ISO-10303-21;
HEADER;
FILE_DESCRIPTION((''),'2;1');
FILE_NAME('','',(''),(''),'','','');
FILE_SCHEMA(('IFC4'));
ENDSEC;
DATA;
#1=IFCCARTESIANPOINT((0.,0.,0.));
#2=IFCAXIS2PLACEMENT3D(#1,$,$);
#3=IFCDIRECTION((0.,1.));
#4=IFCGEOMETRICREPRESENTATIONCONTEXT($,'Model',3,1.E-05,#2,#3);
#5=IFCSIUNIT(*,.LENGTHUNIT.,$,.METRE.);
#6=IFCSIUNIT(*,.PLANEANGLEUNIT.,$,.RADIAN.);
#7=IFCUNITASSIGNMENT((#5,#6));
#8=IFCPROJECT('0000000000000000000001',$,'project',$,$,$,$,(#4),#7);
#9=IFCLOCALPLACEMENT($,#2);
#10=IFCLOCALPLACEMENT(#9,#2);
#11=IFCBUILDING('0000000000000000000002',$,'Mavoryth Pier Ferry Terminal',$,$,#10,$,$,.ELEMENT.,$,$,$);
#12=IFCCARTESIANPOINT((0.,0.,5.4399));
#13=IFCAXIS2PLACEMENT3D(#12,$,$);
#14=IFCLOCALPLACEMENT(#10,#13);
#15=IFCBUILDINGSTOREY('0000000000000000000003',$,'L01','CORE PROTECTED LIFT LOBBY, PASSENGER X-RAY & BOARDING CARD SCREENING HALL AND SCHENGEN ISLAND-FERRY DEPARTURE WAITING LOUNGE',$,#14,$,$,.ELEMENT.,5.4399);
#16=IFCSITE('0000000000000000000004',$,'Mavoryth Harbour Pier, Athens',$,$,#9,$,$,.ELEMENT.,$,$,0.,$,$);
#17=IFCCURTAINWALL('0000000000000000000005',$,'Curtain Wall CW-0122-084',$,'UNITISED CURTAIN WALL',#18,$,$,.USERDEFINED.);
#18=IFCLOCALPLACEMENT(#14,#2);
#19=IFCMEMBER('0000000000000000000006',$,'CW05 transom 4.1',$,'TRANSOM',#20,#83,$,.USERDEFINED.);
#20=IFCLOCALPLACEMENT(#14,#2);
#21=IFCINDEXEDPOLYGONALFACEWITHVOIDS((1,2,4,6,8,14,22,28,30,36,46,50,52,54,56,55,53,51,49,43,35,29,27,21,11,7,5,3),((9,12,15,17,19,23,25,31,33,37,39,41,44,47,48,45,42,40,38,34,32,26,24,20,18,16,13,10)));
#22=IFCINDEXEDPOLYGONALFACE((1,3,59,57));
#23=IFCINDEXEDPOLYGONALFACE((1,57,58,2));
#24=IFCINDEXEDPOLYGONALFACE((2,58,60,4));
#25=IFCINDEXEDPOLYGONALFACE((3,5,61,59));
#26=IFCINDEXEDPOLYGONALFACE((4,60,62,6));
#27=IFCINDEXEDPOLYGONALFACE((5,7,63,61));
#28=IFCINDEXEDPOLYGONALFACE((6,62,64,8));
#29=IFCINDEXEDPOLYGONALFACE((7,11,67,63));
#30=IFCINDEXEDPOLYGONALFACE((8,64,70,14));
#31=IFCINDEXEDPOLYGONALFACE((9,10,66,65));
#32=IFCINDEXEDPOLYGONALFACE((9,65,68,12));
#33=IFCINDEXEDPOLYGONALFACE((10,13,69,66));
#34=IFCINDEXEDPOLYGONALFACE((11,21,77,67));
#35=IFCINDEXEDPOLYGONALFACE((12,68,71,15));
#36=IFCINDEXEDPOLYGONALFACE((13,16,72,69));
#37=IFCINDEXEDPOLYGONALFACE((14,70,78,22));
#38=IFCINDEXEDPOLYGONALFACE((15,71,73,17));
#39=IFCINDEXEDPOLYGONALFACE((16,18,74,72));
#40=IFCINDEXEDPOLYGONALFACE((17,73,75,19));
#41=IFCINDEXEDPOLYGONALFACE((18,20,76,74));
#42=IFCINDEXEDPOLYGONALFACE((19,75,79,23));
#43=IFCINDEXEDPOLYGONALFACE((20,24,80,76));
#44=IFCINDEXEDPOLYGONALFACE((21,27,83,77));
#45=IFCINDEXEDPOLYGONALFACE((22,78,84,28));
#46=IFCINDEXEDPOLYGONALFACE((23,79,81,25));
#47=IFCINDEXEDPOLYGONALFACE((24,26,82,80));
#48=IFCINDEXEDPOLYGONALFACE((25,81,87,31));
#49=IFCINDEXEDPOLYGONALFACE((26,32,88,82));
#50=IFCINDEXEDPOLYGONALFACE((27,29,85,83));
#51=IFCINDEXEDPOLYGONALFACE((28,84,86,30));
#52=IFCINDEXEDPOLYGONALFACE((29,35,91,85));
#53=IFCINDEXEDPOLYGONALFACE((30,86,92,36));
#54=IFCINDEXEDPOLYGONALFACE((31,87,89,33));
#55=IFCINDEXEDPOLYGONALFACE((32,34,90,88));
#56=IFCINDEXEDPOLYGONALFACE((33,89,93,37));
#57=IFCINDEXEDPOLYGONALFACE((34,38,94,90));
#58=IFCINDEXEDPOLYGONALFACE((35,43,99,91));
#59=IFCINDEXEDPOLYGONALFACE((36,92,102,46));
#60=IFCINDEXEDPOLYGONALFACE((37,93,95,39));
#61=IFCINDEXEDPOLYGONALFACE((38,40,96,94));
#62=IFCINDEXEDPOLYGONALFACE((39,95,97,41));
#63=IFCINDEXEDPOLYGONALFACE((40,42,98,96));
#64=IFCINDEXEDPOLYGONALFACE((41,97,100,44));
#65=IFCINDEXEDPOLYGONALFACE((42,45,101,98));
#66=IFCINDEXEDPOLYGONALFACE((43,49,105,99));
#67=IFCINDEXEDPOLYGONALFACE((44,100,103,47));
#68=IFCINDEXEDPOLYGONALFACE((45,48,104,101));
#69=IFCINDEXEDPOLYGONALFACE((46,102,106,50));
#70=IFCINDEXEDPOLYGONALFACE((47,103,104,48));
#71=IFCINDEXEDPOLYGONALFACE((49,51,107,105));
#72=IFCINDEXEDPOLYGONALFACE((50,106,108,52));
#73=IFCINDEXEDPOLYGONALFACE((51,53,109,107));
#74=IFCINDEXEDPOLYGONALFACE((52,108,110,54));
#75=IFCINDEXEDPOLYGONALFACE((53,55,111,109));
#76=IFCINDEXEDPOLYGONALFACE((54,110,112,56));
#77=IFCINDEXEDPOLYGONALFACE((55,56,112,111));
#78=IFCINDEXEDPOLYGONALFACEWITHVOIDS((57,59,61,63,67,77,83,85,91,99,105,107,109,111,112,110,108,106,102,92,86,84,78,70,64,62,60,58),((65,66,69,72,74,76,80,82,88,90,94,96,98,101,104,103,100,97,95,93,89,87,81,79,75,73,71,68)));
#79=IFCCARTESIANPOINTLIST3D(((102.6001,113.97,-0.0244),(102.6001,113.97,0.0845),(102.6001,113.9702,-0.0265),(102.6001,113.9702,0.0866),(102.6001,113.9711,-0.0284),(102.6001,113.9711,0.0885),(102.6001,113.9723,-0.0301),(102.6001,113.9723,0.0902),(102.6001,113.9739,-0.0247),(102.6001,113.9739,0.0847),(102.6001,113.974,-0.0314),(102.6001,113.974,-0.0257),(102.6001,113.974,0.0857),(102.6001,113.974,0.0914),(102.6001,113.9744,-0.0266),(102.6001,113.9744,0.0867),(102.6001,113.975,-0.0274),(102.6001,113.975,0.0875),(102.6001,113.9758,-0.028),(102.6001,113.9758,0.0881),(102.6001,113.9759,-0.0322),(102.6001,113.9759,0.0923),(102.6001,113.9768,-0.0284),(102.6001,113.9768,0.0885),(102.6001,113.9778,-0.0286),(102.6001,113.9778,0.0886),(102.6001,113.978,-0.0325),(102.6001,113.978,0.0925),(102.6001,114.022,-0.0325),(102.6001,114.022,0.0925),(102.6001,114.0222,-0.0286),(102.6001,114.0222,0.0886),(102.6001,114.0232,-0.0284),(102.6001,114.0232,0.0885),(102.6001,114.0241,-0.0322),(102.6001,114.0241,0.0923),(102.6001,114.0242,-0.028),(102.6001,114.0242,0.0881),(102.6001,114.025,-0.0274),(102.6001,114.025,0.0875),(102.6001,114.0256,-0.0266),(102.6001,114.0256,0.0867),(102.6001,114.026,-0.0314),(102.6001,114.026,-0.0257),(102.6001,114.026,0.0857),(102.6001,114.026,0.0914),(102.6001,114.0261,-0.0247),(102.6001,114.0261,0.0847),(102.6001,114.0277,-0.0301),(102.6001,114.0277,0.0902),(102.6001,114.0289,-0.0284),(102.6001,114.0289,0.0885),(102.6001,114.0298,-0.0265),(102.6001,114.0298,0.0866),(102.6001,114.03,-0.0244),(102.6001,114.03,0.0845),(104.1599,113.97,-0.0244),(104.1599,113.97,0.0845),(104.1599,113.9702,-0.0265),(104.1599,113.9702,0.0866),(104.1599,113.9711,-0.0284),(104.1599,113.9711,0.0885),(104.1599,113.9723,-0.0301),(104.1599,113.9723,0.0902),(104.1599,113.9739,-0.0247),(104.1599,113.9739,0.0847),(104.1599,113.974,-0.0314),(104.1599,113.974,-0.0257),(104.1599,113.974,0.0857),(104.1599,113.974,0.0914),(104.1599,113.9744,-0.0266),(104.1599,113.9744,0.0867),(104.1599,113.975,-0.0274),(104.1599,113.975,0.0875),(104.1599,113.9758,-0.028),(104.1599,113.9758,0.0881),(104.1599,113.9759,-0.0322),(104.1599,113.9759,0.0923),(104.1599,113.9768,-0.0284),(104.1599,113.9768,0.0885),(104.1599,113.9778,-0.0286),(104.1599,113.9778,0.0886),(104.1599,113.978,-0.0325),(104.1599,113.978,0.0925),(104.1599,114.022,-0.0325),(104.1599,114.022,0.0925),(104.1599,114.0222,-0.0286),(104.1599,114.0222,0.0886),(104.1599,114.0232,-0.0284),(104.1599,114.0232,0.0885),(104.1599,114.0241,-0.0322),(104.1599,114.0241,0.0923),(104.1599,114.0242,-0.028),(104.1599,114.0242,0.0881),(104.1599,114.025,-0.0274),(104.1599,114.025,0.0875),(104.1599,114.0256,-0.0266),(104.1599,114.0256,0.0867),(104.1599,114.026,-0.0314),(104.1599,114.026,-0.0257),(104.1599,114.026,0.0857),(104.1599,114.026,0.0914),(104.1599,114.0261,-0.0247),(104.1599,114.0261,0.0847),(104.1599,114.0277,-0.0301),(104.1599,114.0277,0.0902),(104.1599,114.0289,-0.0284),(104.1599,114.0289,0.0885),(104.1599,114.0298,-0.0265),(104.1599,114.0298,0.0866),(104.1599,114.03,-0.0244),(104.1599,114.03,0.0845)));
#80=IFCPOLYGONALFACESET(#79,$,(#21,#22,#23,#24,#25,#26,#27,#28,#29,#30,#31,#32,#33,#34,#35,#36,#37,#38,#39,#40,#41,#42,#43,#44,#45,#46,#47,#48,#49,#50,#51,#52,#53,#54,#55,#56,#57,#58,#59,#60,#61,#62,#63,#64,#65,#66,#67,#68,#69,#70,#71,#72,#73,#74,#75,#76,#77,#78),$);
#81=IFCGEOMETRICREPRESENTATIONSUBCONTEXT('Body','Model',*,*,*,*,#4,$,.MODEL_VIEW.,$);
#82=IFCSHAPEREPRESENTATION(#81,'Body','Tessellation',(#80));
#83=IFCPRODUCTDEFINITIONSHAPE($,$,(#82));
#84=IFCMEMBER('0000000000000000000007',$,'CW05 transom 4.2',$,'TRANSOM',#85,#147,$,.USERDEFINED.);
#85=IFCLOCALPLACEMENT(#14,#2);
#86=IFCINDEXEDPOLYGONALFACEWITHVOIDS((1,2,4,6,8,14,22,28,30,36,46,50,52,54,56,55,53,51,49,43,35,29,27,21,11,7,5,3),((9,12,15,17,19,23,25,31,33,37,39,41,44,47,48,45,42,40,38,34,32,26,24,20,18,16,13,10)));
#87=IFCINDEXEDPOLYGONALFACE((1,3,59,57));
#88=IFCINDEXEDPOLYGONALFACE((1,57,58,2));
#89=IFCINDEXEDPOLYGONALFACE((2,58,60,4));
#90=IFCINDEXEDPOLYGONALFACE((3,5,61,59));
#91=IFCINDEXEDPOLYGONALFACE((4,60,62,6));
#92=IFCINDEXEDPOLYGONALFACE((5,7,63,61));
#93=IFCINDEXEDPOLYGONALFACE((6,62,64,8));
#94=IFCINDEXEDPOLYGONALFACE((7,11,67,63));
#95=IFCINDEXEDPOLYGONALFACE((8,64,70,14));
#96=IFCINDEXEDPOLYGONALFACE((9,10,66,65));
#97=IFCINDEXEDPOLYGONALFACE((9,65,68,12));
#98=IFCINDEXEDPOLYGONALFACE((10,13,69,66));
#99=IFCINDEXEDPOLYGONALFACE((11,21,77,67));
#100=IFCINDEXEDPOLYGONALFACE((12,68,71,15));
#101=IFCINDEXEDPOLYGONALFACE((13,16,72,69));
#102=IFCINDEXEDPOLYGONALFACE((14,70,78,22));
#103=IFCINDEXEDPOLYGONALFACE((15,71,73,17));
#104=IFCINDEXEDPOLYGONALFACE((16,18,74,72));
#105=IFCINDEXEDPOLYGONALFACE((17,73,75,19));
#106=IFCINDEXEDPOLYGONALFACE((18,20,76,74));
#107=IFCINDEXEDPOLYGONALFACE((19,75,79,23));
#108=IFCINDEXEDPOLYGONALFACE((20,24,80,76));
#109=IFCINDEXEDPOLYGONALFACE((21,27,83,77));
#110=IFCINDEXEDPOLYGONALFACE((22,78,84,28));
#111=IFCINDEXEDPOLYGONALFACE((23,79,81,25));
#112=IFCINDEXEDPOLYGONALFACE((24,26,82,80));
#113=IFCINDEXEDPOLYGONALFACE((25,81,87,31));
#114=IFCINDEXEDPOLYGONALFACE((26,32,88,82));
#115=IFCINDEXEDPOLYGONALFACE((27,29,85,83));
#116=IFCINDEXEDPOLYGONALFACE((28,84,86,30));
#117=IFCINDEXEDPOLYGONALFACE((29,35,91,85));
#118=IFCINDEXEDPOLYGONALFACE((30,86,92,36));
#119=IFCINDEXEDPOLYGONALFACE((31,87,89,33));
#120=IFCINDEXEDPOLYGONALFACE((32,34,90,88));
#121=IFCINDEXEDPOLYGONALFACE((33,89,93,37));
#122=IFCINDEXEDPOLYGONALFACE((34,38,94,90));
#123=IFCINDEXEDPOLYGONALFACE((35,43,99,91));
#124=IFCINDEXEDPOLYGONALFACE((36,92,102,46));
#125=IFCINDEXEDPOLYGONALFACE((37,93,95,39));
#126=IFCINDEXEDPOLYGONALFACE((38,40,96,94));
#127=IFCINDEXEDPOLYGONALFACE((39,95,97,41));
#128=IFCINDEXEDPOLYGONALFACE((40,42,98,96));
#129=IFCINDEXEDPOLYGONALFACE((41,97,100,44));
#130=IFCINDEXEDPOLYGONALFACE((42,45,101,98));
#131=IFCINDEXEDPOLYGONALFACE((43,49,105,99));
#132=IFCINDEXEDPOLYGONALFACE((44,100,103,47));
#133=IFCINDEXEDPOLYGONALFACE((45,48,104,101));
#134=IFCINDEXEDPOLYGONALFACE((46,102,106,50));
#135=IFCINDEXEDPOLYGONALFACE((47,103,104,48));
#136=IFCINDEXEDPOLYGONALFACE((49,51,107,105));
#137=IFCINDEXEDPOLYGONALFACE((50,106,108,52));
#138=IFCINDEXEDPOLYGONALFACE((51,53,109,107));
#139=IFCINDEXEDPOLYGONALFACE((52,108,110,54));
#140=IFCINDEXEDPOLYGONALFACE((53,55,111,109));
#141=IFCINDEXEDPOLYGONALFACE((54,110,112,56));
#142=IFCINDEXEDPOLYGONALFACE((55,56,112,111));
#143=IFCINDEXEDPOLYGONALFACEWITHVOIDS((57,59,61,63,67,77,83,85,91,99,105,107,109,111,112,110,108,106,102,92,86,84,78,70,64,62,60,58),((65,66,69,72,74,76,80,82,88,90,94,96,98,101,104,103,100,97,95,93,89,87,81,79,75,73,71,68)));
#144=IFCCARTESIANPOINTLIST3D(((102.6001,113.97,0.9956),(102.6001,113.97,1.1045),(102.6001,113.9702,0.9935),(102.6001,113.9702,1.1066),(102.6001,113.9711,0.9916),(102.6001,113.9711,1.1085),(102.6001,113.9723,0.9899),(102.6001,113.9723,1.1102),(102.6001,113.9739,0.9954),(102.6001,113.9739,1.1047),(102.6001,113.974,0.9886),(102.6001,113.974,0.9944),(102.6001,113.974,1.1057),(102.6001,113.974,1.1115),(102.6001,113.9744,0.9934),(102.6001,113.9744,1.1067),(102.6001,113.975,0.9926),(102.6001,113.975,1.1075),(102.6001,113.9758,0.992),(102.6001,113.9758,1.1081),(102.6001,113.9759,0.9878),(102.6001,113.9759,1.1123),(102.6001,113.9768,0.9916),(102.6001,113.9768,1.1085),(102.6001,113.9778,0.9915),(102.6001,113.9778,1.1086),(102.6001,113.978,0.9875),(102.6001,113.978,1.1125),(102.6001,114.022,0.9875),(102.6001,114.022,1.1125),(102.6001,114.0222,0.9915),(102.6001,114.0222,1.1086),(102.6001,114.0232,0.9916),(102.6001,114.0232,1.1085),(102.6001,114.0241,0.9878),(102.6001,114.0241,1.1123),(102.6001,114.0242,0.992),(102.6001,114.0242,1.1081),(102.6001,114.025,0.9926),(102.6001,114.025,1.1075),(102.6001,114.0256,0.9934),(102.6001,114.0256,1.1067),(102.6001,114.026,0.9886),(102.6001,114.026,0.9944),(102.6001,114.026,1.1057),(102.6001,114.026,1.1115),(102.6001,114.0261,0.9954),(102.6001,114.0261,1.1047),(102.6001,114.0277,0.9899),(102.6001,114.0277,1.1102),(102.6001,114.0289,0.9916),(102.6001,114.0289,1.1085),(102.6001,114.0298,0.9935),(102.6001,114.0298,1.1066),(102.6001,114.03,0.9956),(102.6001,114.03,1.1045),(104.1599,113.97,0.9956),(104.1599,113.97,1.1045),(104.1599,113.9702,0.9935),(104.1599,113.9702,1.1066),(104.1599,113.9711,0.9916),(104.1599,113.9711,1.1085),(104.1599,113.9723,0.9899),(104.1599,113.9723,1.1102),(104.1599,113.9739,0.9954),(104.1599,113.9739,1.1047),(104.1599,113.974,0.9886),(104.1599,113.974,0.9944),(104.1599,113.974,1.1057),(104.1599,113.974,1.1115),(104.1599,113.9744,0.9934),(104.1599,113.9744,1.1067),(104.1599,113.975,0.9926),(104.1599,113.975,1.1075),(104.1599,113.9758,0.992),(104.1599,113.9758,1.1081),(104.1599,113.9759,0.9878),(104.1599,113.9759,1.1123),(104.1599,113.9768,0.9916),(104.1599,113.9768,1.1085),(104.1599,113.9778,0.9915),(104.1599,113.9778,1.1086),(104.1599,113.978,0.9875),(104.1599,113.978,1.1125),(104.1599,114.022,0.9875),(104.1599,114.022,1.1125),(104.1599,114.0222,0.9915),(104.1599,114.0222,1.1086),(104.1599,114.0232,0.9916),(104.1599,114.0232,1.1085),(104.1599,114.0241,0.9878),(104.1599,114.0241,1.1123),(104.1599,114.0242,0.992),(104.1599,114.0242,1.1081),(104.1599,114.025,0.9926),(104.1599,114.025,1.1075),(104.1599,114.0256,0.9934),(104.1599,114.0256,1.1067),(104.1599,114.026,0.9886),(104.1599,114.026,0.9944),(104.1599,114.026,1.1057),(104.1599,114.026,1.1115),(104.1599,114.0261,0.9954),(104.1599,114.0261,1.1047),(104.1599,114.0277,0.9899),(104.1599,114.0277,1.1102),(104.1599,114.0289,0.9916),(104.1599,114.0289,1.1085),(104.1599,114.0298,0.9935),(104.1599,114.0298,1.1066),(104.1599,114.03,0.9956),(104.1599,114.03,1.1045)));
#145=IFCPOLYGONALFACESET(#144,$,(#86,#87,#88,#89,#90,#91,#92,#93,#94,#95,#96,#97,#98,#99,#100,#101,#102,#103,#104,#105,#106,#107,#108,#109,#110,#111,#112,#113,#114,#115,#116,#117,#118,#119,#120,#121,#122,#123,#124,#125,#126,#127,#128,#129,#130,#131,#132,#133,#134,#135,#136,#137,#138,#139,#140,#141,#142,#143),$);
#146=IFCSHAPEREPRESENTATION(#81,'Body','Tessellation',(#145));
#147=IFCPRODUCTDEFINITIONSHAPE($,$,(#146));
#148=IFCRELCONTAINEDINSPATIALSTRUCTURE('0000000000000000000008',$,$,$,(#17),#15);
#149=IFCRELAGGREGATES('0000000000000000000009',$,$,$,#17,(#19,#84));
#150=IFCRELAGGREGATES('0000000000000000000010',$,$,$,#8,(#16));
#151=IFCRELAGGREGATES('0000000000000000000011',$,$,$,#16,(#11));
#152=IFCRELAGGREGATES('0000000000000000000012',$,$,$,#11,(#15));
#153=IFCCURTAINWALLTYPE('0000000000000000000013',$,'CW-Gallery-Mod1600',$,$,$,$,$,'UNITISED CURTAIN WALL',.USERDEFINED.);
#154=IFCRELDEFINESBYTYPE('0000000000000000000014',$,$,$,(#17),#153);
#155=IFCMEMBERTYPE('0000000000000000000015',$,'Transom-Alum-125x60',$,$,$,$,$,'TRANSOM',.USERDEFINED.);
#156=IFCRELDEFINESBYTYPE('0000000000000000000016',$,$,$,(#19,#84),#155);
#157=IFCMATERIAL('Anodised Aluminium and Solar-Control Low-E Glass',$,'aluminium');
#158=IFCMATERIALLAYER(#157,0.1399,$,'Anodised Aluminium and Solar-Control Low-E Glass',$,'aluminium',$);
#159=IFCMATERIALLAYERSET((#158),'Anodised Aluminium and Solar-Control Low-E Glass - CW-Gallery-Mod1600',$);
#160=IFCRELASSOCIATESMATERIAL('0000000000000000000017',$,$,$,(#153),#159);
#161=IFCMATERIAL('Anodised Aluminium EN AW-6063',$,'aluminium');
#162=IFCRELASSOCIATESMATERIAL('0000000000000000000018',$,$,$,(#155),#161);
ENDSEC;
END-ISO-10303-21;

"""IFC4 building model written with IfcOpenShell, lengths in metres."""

from ifc_helpers import new_model, si_unit, direction, frame, origin, origin_2d, place, context, subcontext, project, spatial, hollow_rectangle, extrude, material, layer, layer_set, material_profile, profile_set, type_object, element, aggregate, save


model = new_model("IFC4")

# Units and contexts
model_context = context("Model", 3, precision=1e-05, world=origin(), true_north=direction((0.0, 1.0)))
body_context = subcontext(model_context, "Body", "Model", "MODEL_VIEW")
ifc_project = project(units=[si_unit("LENGTHUNIT", "METRE"), si_unit("PLANEANGLEUNIT", "RADIAN")], contexts=[model_context])

# Site, building, storey
site_placement = place(None, origin())
site = spatial("IfcSite", under=ifc_project, at=site_placement, Name="Mavoryth Harbour Pier, Athens", CompositionType="ELEMENT", RefElevation=0.0)
building_placement = place(site_placement, origin())
building = spatial("IfcBuilding", under=site, at=building_placement, Name="Mavoryth Pier Ferry Terminal", CompositionType="ELEMENT")
storey_placement = place(building_placement, frame((0.0, 0.0, 5.4399)))
storey = spatial("IfcBuildingStorey", under=building, at=storey_placement, Name="L01", Description="CORE PROTECTED LIFT LOBBY, PASSENGER X-RAY & BOARDING CARD SCREENING HALL AND SCHENGEN ISLAND-FERRY DEPARTURE WAITING LOUNGE", CompositionType="ELEMENT", Elevation=5.4399)

# Curtain wall
ifc_material_1 = material(Name="Anodised Aluminium and Solar-Control Low-E Glass", Category="aluminium")
ifc_layer_1 = layer(ifc_material_1, 0.1399, Name="Anodised Aluminium and Solar-Control Low-E Glass", Category="aluminium")
ifc_layer_set_1 = layer_set([ifc_layer_1], Name="Anodised Aluminium and Solar-Control Low-E Glass - CW-Gallery-Mod1600")
curtain_wall_type = type_object("IfcCurtainWallType", Name="CW-Gallery-Mod1600", ElementType="UNITISED CURTAIN WALL", PredefinedType="USERDEFINED", material=ifc_layer_set_1)
curtain_wall_placement = place(storey_placement, origin())
curtain_wall = element("IfcCurtainWall", 1, at=curtain_wall_placement, inside=storey, type_object=curtain_wall_type, Name="Curtain Wall CW-0122-084", ObjectType="UNITISED CURTAIN WALL", PredefinedType="USERDEFINED")
ifc_material_2 = material(Name="Anodised Aluminium EN AW-6063", Category="aluminium")

# Members
ifc_material_profile_1 = material_profile(ifc_material_2, hollow_rectangle(XDim=0.0601, YDim=0.125, WallThickness=0.0039, InnerFilletRadius=0.0039, OuterFilletRadius=0.0081, at=origin_2d()), Name="AL-TRAN 125x60x4", Category="aluminium")
ifc_profile_set_1 = profile_set([ifc_material_profile_1], Name="Anodised Aluminium EN AW-6063 - AL-TRAN 125x60x4")
member_type_1 = type_object("IfcMemberType", Name="Transom-Alum-125x60", ElementType="TRANSOM", PredefinedType="USERDEFINED", material=ifc_profile_set_1)
member_1_placement = place(storey_placement, frame((104.1599, 114.0, 0.03), z_axis=(-1.0, 0.0, 0.0), x_axis=(0.0, -1.0, 0.0)))
member_1 = element("IfcMember", 2, at=member_1_placement, type_object=member_type_1, Name="CW05 transom 4.1", ObjectType="TRANSOM", PredefinedType="USERDEFINED", context=body_context, shape_type="SweptSolid", body=[
    extrude(hollow_rectangle(XDim=0.0601, YDim=0.125, WallThickness=0.0039, InnerFilletRadius=0.0039, OuterFilletRadius=0.0081, at=origin_2d()), origin(), (0.0, 0.0, 1.0), 1.5598),
])
member_2_placement = place(storey_placement, frame((104.1599, 114.0, 1.05), z_axis=(-1.0, 0.0, 0.0), x_axis=(0.0, -1.0, 0.0)))
member_2 = element("IfcMember", 3, at=member_2_placement, type_object=member_type_1, Name="CW05 transom 4.2", ObjectType="TRANSOM", PredefinedType="USERDEFINED", context=body_context, shape_type="SweptSolid", body=[
    extrude(hollow_rectangle(XDim=0.0601, YDim=0.125, WallThickness=0.0039, InnerFilletRadius=0.0039, OuterFilletRadius=0.0081, at=origin_2d()), origin(), (0.0, 0.0, 1.0), 1.5598),
])

aggregate(curtain_wall, [member_1, member_2])

save(model, "model.ifc")
